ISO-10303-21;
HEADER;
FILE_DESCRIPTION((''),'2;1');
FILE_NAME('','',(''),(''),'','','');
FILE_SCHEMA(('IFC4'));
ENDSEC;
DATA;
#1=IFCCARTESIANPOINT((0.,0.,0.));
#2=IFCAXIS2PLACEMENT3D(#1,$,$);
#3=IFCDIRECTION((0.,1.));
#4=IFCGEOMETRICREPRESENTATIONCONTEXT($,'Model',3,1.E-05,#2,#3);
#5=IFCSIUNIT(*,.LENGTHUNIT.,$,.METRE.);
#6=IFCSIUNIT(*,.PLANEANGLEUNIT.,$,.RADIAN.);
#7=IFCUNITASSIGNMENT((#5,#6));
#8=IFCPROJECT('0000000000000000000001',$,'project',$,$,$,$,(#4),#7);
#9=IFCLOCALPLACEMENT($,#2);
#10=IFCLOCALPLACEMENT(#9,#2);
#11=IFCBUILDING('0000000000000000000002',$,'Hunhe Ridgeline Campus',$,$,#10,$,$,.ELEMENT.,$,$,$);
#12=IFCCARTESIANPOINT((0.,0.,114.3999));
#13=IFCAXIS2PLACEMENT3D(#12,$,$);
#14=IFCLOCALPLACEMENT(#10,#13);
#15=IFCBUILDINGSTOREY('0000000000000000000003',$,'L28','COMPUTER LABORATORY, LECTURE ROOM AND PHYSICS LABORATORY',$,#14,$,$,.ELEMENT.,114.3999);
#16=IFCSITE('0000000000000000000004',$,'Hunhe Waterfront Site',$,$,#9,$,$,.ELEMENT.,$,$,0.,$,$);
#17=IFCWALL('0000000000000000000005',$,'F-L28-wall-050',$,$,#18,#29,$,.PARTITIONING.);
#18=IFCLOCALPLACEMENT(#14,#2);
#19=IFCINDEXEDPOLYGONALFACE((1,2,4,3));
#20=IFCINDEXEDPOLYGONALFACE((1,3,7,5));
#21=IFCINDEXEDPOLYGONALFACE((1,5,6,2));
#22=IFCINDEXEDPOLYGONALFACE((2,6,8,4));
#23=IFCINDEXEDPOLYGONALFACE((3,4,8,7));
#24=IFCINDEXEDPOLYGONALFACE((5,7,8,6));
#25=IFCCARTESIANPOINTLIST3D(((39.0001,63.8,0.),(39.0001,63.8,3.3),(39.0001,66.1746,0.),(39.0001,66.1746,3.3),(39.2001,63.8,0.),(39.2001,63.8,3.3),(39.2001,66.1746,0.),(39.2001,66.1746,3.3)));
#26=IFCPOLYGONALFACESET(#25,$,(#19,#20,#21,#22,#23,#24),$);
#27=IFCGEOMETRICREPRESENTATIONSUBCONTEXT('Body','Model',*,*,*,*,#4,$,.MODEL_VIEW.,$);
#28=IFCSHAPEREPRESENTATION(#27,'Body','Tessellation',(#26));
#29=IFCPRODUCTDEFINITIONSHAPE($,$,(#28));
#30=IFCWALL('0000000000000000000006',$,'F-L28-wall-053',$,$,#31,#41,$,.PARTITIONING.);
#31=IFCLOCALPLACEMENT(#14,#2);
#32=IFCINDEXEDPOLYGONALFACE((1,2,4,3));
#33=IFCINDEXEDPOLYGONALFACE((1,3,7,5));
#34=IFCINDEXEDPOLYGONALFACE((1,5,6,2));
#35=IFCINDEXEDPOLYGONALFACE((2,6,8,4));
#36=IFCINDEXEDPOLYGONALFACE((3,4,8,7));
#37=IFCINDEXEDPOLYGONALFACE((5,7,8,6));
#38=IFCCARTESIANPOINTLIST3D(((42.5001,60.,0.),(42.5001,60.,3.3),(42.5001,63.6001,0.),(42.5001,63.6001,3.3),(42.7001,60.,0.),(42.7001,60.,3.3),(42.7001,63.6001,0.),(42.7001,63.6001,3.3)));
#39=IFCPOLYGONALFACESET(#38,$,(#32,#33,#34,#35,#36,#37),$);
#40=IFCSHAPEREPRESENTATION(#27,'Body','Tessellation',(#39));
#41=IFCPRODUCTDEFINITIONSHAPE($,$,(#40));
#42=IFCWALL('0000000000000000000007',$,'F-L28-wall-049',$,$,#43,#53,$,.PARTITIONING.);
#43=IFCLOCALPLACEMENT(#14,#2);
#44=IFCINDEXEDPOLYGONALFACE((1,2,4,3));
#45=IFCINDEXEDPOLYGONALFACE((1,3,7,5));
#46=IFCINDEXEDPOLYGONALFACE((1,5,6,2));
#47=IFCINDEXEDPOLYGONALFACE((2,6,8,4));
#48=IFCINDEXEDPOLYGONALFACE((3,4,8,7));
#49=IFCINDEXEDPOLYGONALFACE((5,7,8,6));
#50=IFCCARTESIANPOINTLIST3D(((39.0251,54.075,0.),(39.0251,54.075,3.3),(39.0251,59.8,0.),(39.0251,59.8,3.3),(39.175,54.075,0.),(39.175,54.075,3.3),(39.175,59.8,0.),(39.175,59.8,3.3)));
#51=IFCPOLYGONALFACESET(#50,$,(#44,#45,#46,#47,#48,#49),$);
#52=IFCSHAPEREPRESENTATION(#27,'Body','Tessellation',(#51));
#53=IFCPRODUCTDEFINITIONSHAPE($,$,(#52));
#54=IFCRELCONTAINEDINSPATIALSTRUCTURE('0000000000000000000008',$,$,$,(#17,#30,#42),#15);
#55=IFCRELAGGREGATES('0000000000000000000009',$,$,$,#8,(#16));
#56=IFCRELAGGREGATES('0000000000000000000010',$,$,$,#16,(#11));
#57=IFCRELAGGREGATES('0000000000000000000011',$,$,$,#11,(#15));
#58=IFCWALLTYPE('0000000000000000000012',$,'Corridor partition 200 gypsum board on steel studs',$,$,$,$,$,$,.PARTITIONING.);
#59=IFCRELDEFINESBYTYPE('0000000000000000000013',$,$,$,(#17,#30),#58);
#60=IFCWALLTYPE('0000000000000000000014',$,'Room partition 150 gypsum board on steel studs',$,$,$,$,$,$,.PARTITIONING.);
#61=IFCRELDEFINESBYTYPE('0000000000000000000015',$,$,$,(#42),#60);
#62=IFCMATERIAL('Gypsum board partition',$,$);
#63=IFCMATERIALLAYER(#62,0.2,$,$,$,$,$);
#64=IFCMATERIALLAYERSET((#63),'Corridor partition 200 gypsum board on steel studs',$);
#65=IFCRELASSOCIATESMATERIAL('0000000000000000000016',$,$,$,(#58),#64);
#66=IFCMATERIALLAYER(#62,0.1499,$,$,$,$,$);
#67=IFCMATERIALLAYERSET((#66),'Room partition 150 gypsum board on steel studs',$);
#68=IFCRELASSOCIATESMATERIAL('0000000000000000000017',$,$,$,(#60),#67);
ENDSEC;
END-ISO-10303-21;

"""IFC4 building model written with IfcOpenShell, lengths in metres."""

from ifc_helpers import new_model, si_unit, direction, frame, frame_2d, origin, place, context, subcontext, project, spatial, rectangle, extrude, material, layer, layer_set, type_object, element, save


model = new_model("IFC4")

# Units and contexts
model_context = context("Model", 3, precision=1e-05, world=origin(), true_north=direction((0.0, 1.0)))
body_context = subcontext(model_context, "Body", "Model", "MODEL_VIEW")
ifc_project = project(units=[si_unit("LENGTHUNIT", "METRE"), si_unit("PLANEANGLEUNIT", "RADIAN")], contexts=[model_context])

# Site, building, storey
site_placement = place(None, origin())
site = spatial("IfcSite", under=ifc_project, at=site_placement, Name="Hunhe Waterfront Site", CompositionType="ELEMENT", RefElevation=0.0)
building_placement = place(site_placement, origin())
building = spatial("IfcBuilding", under=site, at=building_placement, Name="Hunhe Ridgeline Campus", CompositionType="ELEMENT")
storey_placement = place(building_placement, frame((0.0, 0.0, 114.3999)))
storey = spatial("IfcBuildingStorey", under=building, at=storey_placement, Name="L28", Description="COMPUTER LABORATORY, LECTURE ROOM AND PHYSICS LABORATORY", CompositionType="ELEMENT", Elevation=114.3999)

# Shared definitions
ifc_material_1 = material(Name="Gypsum board partition")
ifc_layer_1 = layer(ifc_material_1, 0.2)
ifc_layer_set_1 = layer_set([ifc_layer_1], Name="Corridor partition 200 gypsum board on steel studs")
wall_type_1 = type_object("IfcWallType", Name="Corridor partition 200 gypsum board on steel studs", PredefinedType="PARTITIONING", material=ifc_layer_set_1)

# Walls
wall_1_placement = place(storey_placement, frame((39.1001, 66.1746, 0.0), z_axis=(0.0, 0.0, 1.0), x_axis=(0.0, -1.0, 0.0)))
element("IfcWall", 1, at=wall_1_placement, inside=storey, type_object=wall_type_1, Name="F-L28-wall-050", PredefinedType="PARTITIONING", context=body_context, shape_type="SweptSolid", body=[
    extrude(rectangle(XDim=2.3745, YDim=0.2, at=frame_2d((1.1873, 0.0))), origin(), (0.0, 0.0, 1.0), 3.3),
])
wall_2_placement = place(storey_placement, frame((42.6001, 63.6001, 0.0), z_axis=(0.0, 0.0, 1.0), x_axis=(0.0, -1.0, 0.0)))
element("IfcWall", 2, at=wall_2_placement, inside=storey, type_object=wall_type_1, Name="F-L28-wall-053", PredefinedType="PARTITIONING", context=body_context, shape_type="SweptSolid", body=[
    extrude(rectangle(XDim=3.6001, YDim=0.2, at=frame_2d((1.8, 0.0))), origin(), (0.0, 0.0, 1.0), 3.3),
])
ifc_layer_2 = layer(ifc_material_1, 0.1499)
ifc_layer_set_2 = layer_set([ifc_layer_2], Name="Room partition 150 gypsum board on steel studs")
wall_type_2 = type_object("IfcWallType", Name="Room partition 150 gypsum board on steel studs", PredefinedType="PARTITIONING", material=ifc_layer_set_2)
wall_3_placement = place(storey_placement, frame((39.1001, 59.8, 0.0), z_axis=(0.0, 0.0, 1.0), x_axis=(0.0, -1.0, 0.0)))
element("IfcWall", 3, at=wall_3_placement, inside=storey, type_object=wall_type_2, Name="F-L28-wall-049", PredefinedType="PARTITIONING", context=body_context, shape_type="SweptSolid", body=[
    extrude(rectangle(XDim=5.7251, YDim=0.1499, at=frame_2d((2.8625, 0.0))), origin(), (0.0, 0.0, 1.0), 3.3),
])

save(model, "model.ifc")
